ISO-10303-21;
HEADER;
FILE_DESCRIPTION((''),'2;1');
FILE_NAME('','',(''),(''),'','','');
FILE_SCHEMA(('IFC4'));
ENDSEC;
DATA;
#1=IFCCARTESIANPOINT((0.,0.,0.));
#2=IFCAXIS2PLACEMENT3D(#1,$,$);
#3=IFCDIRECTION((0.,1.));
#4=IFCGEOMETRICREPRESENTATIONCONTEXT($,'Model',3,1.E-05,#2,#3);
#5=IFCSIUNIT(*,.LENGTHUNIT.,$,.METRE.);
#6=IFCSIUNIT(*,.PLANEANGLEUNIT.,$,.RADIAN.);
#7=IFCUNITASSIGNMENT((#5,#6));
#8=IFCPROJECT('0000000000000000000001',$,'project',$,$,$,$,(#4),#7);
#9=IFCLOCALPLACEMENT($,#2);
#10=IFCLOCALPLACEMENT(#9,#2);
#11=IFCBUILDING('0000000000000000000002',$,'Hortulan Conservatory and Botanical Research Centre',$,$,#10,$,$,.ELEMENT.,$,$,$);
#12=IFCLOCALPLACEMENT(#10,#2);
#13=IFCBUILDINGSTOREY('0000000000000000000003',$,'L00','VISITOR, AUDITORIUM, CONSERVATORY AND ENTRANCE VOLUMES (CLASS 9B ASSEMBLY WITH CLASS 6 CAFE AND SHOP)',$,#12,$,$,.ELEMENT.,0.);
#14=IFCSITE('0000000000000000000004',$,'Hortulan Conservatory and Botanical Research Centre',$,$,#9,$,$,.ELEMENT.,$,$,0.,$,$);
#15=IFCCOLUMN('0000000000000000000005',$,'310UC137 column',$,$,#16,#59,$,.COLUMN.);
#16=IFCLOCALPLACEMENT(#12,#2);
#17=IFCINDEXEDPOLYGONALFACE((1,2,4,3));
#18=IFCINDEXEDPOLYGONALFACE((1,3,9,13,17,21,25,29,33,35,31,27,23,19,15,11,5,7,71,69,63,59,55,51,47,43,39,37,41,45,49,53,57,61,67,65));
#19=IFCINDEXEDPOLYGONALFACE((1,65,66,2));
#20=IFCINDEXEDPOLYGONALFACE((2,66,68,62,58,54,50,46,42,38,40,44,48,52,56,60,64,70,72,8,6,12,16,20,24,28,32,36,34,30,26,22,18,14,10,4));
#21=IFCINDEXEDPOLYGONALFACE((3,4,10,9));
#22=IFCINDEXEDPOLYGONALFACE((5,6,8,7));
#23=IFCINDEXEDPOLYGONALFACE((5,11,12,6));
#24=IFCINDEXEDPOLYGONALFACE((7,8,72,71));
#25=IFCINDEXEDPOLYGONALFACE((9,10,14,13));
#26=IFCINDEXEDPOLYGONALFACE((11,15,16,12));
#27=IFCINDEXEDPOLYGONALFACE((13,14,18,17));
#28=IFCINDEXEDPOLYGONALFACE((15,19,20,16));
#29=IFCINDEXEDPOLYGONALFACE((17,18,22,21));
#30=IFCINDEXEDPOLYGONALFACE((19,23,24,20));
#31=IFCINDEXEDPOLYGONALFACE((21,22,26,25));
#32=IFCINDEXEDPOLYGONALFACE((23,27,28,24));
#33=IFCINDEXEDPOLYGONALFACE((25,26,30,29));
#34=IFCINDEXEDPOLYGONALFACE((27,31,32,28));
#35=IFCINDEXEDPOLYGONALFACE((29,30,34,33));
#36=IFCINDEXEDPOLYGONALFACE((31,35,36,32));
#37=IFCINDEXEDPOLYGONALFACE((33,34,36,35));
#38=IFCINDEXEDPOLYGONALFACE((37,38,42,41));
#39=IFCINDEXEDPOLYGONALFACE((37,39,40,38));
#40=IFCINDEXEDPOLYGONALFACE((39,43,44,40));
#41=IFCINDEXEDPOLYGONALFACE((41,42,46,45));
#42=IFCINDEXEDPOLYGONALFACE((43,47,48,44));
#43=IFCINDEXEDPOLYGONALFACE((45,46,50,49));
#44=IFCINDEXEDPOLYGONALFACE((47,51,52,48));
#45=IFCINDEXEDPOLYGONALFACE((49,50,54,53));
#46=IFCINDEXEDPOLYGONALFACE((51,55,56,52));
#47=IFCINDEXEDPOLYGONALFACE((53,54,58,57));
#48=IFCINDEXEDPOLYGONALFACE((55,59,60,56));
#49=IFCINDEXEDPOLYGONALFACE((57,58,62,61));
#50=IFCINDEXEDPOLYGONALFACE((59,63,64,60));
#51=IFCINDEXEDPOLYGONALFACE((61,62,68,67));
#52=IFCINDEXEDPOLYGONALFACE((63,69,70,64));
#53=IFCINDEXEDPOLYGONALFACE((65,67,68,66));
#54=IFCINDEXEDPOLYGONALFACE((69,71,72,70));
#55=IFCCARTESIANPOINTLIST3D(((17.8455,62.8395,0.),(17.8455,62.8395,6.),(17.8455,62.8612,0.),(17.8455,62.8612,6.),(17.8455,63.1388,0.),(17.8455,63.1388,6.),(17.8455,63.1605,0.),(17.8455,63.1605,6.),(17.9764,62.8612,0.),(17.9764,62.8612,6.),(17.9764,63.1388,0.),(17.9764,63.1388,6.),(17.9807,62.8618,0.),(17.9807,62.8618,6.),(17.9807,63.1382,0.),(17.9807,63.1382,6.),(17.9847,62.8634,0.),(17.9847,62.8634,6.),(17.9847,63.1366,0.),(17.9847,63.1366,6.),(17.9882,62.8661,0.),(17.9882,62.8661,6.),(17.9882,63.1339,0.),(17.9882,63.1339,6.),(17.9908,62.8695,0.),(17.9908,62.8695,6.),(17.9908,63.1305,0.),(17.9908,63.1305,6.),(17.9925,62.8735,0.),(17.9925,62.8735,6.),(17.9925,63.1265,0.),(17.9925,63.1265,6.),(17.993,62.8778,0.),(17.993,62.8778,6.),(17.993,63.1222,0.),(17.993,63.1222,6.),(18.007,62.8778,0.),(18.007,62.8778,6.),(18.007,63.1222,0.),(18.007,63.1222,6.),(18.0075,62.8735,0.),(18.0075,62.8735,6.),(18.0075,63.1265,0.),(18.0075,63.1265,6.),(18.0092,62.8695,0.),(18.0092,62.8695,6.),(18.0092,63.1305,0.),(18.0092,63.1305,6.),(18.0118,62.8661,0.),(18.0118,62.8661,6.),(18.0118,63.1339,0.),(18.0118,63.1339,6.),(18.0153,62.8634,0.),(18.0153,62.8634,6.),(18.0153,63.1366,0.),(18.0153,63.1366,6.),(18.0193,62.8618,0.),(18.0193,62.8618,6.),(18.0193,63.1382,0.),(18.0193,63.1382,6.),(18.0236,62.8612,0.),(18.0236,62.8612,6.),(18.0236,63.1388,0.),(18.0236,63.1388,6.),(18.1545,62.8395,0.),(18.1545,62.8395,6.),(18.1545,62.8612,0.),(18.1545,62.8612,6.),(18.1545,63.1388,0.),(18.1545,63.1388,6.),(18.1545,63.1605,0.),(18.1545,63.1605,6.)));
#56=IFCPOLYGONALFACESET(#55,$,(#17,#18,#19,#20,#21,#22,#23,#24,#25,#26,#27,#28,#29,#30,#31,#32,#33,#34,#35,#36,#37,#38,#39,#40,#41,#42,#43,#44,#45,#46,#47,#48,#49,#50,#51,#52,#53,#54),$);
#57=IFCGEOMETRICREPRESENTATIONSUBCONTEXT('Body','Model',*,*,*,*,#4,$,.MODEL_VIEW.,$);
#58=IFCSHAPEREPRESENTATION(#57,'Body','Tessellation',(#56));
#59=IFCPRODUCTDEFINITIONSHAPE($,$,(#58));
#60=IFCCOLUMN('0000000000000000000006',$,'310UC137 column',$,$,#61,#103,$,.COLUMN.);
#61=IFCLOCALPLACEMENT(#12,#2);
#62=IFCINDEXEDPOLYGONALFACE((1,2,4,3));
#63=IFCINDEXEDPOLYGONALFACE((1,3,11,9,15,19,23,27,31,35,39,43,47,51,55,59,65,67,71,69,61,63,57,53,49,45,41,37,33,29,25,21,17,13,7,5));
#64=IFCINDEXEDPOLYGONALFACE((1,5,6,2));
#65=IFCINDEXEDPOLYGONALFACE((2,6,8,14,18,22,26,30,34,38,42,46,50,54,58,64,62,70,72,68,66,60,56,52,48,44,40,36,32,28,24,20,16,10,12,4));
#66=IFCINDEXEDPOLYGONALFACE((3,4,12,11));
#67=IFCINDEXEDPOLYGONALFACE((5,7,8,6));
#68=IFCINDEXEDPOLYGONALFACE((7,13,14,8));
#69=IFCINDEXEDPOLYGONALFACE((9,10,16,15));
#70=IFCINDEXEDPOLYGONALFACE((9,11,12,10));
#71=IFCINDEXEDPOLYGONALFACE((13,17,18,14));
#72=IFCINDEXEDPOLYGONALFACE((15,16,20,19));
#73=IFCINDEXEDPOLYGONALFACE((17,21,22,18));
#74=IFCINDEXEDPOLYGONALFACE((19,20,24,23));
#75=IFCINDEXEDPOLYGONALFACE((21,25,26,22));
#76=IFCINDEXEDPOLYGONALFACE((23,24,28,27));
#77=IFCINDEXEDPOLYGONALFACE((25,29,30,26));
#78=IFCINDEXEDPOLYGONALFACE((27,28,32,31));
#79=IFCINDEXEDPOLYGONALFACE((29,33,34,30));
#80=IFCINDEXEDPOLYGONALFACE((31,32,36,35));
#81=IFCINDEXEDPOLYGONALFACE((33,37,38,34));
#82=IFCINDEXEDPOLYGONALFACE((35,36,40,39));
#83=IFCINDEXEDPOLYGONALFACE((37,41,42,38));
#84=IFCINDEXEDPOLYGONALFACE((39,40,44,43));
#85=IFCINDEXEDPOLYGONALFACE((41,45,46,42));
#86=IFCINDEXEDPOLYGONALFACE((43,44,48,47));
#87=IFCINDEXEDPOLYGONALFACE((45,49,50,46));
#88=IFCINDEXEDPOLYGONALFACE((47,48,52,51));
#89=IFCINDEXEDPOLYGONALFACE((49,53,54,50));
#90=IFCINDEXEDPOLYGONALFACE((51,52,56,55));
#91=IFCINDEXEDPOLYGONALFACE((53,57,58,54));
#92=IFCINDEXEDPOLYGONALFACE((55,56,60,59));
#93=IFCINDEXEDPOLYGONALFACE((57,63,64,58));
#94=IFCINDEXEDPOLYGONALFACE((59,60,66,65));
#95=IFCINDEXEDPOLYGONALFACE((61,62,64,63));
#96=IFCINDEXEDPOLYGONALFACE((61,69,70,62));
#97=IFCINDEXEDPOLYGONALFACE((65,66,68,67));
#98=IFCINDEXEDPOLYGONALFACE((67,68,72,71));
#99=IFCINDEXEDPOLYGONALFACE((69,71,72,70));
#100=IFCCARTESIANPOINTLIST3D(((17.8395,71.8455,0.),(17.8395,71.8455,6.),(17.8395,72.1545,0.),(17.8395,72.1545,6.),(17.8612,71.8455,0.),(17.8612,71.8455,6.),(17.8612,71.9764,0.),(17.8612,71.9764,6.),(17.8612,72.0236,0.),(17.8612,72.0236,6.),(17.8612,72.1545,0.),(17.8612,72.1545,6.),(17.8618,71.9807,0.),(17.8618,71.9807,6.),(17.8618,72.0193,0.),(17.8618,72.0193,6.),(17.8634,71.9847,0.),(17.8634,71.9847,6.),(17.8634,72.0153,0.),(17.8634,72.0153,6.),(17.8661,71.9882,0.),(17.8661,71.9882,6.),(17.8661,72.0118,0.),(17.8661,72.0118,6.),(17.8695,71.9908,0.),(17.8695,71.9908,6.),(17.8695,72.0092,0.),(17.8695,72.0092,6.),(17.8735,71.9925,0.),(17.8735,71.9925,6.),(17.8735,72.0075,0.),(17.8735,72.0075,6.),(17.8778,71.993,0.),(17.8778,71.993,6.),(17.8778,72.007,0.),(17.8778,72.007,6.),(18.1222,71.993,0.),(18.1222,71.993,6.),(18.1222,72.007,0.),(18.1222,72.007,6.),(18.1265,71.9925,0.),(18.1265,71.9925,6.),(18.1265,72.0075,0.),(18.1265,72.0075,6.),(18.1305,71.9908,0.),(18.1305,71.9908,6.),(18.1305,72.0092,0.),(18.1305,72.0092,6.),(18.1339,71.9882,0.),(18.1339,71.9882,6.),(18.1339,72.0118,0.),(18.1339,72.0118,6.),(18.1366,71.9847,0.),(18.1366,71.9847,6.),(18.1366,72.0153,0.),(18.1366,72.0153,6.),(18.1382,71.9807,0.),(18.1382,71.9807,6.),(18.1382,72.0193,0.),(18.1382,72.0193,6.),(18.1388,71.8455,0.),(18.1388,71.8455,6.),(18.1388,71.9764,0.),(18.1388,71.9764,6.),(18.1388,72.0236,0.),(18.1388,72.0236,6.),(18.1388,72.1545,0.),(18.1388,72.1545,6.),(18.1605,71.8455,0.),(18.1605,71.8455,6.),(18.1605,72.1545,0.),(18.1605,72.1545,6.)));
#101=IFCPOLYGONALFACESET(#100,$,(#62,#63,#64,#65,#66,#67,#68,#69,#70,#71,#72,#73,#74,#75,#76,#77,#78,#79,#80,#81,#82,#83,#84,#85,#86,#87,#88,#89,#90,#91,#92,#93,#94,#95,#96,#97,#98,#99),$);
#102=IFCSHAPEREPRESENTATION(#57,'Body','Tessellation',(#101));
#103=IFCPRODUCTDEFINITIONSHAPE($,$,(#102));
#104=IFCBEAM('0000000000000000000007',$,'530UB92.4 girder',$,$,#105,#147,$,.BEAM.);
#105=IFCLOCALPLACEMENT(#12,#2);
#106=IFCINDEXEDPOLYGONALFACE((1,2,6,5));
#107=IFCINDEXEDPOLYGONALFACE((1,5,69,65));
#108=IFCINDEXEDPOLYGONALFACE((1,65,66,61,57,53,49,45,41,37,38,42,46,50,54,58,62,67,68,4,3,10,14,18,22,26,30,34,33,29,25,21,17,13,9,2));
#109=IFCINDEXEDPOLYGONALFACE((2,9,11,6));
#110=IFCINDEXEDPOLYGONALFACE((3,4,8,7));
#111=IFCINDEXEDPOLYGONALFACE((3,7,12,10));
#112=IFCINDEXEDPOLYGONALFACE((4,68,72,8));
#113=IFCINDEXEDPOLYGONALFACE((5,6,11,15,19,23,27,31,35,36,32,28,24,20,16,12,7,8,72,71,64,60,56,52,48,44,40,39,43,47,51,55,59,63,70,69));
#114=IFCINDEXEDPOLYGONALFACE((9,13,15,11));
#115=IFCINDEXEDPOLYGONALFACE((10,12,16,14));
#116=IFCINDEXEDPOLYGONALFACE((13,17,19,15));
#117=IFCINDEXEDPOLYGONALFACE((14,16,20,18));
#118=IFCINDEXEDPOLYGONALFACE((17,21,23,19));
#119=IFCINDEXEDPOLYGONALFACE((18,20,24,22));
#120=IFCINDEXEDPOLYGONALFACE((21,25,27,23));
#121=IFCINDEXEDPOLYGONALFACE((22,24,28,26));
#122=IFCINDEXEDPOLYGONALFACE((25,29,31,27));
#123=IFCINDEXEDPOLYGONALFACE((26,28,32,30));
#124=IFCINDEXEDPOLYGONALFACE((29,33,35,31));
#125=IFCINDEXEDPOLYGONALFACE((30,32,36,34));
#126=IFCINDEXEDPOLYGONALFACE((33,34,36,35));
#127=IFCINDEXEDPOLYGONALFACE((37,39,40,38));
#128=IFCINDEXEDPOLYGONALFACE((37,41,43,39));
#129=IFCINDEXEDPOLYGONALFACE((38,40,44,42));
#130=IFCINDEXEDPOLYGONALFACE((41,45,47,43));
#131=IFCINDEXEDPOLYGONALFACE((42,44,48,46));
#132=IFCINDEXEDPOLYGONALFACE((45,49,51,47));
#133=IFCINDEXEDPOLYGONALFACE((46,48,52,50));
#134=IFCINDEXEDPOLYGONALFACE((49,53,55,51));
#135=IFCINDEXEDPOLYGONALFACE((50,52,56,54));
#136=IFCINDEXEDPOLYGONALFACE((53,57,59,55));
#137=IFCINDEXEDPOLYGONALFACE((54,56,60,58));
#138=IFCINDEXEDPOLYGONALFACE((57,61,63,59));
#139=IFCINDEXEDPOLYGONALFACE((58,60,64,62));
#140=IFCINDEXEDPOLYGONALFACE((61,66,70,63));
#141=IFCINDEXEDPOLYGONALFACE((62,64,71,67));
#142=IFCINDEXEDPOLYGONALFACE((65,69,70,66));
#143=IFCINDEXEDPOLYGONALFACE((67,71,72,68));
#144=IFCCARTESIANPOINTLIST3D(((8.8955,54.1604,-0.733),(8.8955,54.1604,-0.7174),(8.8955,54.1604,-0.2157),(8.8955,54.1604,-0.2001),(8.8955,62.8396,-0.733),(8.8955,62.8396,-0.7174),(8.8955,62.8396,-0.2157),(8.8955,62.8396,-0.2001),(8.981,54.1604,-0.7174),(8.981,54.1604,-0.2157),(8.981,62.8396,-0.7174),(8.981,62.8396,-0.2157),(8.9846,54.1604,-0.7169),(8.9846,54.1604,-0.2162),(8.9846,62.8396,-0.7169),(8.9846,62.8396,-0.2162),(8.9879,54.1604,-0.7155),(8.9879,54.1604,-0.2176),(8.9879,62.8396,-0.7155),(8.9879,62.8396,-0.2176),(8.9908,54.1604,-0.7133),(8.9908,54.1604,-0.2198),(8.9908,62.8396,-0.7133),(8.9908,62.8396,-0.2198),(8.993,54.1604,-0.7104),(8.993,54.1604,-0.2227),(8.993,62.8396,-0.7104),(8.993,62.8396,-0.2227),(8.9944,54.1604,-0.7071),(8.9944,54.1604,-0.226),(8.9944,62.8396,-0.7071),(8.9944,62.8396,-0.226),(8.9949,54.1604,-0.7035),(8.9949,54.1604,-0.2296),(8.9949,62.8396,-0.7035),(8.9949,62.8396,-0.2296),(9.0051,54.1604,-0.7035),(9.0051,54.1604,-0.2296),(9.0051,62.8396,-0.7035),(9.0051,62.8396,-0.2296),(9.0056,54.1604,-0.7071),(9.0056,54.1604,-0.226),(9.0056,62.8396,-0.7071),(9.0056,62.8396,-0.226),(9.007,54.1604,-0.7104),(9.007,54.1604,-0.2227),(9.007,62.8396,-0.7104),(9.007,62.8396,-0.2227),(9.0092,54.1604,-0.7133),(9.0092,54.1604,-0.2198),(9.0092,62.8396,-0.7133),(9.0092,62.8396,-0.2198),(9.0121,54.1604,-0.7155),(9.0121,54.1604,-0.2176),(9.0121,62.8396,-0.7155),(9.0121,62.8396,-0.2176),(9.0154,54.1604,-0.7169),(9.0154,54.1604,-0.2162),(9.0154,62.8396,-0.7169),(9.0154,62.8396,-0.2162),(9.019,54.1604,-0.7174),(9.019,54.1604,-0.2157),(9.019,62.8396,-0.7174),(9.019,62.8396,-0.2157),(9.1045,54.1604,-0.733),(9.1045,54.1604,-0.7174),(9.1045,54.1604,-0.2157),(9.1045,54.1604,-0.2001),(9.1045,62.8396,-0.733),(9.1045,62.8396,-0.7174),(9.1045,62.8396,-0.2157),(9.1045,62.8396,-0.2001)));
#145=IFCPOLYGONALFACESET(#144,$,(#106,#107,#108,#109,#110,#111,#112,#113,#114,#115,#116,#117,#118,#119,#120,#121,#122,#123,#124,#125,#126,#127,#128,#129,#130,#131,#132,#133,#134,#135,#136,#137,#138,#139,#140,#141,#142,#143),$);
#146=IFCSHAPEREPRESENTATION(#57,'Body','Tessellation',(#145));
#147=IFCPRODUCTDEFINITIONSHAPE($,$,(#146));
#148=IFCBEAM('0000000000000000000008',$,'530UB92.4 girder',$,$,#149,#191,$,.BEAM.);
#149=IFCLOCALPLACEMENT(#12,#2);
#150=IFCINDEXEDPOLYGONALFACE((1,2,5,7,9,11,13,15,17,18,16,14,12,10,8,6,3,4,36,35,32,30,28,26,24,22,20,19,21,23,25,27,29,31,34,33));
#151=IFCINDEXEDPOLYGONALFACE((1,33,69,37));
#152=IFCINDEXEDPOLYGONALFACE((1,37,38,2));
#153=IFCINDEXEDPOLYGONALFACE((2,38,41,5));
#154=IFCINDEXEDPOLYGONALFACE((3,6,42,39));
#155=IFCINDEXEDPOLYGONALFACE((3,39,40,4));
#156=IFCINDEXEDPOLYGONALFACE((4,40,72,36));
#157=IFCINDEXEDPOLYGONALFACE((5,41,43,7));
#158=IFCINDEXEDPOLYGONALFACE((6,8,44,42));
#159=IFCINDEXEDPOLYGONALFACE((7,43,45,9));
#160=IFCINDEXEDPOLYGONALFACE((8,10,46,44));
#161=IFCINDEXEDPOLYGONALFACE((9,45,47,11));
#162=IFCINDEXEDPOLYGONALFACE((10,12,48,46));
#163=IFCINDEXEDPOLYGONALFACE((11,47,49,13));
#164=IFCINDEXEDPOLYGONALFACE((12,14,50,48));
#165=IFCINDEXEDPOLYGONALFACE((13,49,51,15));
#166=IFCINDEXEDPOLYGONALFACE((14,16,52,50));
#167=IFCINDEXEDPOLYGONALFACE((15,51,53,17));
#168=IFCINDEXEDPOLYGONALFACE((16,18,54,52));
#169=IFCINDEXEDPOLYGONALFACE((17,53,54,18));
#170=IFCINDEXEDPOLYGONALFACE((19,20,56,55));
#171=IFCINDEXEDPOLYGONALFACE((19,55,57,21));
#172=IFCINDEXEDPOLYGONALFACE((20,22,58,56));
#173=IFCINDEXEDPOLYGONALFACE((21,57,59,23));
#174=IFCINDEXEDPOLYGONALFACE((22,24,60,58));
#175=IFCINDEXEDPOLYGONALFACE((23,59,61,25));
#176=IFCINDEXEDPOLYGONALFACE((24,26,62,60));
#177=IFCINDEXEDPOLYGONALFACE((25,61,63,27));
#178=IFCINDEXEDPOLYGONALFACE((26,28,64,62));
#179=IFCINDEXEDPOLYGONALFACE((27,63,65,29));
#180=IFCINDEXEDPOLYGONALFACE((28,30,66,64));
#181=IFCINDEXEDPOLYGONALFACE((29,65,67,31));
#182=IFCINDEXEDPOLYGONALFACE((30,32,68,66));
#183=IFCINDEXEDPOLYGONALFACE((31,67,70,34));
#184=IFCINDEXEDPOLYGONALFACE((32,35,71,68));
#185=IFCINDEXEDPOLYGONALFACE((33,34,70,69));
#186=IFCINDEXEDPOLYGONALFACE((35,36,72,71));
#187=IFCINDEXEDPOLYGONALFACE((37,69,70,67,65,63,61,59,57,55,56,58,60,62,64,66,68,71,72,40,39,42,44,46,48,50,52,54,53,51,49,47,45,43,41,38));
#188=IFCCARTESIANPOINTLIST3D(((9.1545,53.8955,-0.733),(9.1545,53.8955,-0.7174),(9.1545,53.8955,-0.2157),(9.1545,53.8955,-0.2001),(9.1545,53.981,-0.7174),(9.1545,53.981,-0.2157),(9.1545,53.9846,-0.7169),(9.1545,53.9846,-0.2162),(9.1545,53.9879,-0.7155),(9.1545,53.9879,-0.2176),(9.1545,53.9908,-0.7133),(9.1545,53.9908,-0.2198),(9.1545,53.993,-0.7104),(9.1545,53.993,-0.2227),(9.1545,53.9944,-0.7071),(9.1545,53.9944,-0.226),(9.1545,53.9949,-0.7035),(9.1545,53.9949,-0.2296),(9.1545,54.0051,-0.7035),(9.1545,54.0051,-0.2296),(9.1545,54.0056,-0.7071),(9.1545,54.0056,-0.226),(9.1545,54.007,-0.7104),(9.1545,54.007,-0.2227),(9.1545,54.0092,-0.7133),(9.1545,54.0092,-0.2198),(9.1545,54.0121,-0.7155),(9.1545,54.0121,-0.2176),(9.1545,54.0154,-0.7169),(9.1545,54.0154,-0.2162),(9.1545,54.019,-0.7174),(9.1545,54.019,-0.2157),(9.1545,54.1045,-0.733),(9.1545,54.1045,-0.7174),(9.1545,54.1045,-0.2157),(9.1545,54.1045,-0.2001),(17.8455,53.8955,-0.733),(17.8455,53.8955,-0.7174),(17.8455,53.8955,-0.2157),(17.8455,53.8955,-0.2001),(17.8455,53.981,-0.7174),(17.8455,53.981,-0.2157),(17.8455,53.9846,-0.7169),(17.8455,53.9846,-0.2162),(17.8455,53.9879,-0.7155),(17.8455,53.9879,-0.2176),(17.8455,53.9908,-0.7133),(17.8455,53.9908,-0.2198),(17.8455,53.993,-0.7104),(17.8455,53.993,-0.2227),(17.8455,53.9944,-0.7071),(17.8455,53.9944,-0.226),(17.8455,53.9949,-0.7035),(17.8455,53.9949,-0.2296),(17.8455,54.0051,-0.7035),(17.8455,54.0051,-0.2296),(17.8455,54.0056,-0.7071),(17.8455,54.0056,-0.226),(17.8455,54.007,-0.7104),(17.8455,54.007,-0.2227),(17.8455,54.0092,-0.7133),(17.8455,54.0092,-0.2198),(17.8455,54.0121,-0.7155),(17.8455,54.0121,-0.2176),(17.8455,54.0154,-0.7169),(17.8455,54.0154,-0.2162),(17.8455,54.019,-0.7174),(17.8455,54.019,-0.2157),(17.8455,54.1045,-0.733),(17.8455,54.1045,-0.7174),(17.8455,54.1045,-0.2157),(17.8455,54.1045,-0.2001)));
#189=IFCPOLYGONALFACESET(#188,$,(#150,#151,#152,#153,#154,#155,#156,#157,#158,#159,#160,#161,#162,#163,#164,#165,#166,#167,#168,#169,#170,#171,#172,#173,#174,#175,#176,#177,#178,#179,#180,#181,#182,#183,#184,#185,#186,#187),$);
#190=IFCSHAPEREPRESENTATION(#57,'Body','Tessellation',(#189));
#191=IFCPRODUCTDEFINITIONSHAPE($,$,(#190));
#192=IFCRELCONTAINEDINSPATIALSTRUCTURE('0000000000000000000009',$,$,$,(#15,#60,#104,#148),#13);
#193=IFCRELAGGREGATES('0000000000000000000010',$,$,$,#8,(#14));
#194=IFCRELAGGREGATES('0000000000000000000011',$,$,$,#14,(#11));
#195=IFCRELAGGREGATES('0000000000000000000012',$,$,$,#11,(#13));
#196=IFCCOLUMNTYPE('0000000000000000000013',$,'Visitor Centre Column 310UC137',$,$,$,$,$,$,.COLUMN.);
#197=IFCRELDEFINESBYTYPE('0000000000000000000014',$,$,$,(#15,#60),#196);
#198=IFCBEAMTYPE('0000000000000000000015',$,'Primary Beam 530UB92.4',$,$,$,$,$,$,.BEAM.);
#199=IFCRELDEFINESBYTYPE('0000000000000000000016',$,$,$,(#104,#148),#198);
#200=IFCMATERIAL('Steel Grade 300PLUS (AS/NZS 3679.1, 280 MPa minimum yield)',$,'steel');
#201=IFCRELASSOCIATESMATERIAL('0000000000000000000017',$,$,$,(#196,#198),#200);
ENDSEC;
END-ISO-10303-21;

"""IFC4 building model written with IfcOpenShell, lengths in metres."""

from ifc_helpers import new_model, si_unit, direction, frame, origin, origin_2d, place, context, subcontext, project, spatial, i_section, extrude, material, material_profile, profile_set, type_object, element, save


model = new_model("IFC4")

# Units and contexts
model_context = context("Model", 3, precision=1e-05, world=origin(), true_north=direction((0.0, 1.0)))
body_context = subcontext(model_context, "Body", "Model", "MODEL_VIEW")
ifc_project = project(units=[si_unit("LENGTHUNIT", "METRE"), si_unit("PLANEANGLEUNIT", "RADIAN")], contexts=[model_context])

# Site, building, storey
site_placement = place(None, origin())
site = spatial("IfcSite", under=ifc_project, at=site_placement, Name="Hortulan Conservatory and Botanical Research Centre", CompositionType="ELEMENT", RefElevation=0.0)
building_placement = place(site_placement, origin())
building = spatial("IfcBuilding", under=site, at=building_placement, Name="Hortulan Conservatory and Botanical Research Centre", CompositionType="ELEMENT")
storey_placement = place(building_placement, origin())
storey = spatial("IfcBuildingStorey", under=building, at=storey_placement, Name="L00", Description="VISITOR, AUDITORIUM, CONSERVATORY AND ENTRANCE VOLUMES (CLASS 9B ASSEMBLY WITH CLASS 6 CAFE AND SHOP)", CompositionType="ELEMENT", Elevation=0.0)

# Columns
ifc_material_1 = material(Name="Steel Grade 300PLUS (AS/NZS 3679.1, 280 MPa minimum yield)", Category="steel")
ifc_material_profile_1 = material_profile(ifc_material_1, i_section(OverallWidth=0.3091, OverallDepth=0.321, WebThickness=0.0139, FlangeThickness=0.0217, FilletRadius=0.0166, at=origin_2d()), Name="310UC137")
ifc_profile_set_1 = profile_set([ifc_material_profile_1], Name="Steel Grade 300PLUS (AS/NZS 3679.1, 280 MPa minimum yield)")
column_type = type_object("IfcColumnType", Name="Visitor Centre Column 310UC137", PredefinedType="COLUMN", material=ifc_profile_set_1)
for number, where, z_axis, x_axis, name in (
    (1, (18.0, 63.0, 0.0), (0.0, 0.0, 1.0), (1.0, 0.0, 0.0), "310UC137 column"),
    (2, (18.0, 72.0, 0.0), (0.0, 0.0, 1.0), (0.0, 1.0, 0.0), "310UC137 column"),
):
    element("IfcColumn", number, at=place(storey_placement, frame(where, z_axis=z_axis, x_axis=x_axis)), inside=storey, type_object=column_type, Name=name, PredefinedType="COLUMN", context=body_context, shape_type="SweptSolid", body=[
        extrude(i_section(OverallWidth=0.3091, OverallDepth=0.321, WebThickness=0.0139, FlangeThickness=0.0217, FilletRadius=0.0166, at=origin_2d()), origin(), (0.0, 0.0, 1.0), 6.0),
    ])

# Beams
ifc_material_profile_2 = material_profile(ifc_material_1, i_section(OverallWidth=0.209, OverallDepth=0.533, WebThickness=0.0103, FlangeThickness=0.0156, FilletRadius=0.0139, at=origin_2d()), Name="530UB92.4")
ifc_profile_set_2 = profile_set([ifc_material_profile_2], Name="Steel Grade 300PLUS (AS/NZS 3679.1, 280 MPa minimum yield)")
beam_type_1 = type_object("IfcBeamType", Name="Primary Beam 530UB92.4", PredefinedType="BEAM", material=ifc_profile_set_2)
beam_1_placement = place(storey_placement, frame((9.0, 54.1604, -0.4666), z_axis=(0.0, 1.0, 0.0), x_axis=(-1.0, 0.0, 0.0)))
element("IfcBeam", 3, at=beam_1_placement, inside=storey, type_object=beam_type_1, Name="530UB92.4 girder", PredefinedType="BEAM", context=body_context, shape_type="SweptSolid", body=[
    extrude(i_section(OverallWidth=0.209, OverallDepth=0.533, WebThickness=0.0103, FlangeThickness=0.0156, FilletRadius=0.0139, at=origin_2d()), origin(), (0.0, 0.0, 1.0), 8.6792),
])
beam_2_placement = place(storey_placement, frame((9.1545, 54.0, -0.4666), z_axis=(1.0, 0.0, 0.0), x_axis=(0.0, 1.0, 0.0)))
element("IfcBeam", 4, at=beam_2_placement, inside=storey, type_object=beam_type_1, Name="530UB92.4 girder", PredefinedType="BEAM", context=body_context, shape_type="SweptSolid", body=[
    extrude(i_section(OverallWidth=0.209, OverallDepth=0.533, WebThickness=0.0103, FlangeThickness=0.0156, FilletRadius=0.0139, at=origin_2d()), origin(), (0.0, 0.0, 1.0), 8.6909),
])

save(model, "model.ifc")
